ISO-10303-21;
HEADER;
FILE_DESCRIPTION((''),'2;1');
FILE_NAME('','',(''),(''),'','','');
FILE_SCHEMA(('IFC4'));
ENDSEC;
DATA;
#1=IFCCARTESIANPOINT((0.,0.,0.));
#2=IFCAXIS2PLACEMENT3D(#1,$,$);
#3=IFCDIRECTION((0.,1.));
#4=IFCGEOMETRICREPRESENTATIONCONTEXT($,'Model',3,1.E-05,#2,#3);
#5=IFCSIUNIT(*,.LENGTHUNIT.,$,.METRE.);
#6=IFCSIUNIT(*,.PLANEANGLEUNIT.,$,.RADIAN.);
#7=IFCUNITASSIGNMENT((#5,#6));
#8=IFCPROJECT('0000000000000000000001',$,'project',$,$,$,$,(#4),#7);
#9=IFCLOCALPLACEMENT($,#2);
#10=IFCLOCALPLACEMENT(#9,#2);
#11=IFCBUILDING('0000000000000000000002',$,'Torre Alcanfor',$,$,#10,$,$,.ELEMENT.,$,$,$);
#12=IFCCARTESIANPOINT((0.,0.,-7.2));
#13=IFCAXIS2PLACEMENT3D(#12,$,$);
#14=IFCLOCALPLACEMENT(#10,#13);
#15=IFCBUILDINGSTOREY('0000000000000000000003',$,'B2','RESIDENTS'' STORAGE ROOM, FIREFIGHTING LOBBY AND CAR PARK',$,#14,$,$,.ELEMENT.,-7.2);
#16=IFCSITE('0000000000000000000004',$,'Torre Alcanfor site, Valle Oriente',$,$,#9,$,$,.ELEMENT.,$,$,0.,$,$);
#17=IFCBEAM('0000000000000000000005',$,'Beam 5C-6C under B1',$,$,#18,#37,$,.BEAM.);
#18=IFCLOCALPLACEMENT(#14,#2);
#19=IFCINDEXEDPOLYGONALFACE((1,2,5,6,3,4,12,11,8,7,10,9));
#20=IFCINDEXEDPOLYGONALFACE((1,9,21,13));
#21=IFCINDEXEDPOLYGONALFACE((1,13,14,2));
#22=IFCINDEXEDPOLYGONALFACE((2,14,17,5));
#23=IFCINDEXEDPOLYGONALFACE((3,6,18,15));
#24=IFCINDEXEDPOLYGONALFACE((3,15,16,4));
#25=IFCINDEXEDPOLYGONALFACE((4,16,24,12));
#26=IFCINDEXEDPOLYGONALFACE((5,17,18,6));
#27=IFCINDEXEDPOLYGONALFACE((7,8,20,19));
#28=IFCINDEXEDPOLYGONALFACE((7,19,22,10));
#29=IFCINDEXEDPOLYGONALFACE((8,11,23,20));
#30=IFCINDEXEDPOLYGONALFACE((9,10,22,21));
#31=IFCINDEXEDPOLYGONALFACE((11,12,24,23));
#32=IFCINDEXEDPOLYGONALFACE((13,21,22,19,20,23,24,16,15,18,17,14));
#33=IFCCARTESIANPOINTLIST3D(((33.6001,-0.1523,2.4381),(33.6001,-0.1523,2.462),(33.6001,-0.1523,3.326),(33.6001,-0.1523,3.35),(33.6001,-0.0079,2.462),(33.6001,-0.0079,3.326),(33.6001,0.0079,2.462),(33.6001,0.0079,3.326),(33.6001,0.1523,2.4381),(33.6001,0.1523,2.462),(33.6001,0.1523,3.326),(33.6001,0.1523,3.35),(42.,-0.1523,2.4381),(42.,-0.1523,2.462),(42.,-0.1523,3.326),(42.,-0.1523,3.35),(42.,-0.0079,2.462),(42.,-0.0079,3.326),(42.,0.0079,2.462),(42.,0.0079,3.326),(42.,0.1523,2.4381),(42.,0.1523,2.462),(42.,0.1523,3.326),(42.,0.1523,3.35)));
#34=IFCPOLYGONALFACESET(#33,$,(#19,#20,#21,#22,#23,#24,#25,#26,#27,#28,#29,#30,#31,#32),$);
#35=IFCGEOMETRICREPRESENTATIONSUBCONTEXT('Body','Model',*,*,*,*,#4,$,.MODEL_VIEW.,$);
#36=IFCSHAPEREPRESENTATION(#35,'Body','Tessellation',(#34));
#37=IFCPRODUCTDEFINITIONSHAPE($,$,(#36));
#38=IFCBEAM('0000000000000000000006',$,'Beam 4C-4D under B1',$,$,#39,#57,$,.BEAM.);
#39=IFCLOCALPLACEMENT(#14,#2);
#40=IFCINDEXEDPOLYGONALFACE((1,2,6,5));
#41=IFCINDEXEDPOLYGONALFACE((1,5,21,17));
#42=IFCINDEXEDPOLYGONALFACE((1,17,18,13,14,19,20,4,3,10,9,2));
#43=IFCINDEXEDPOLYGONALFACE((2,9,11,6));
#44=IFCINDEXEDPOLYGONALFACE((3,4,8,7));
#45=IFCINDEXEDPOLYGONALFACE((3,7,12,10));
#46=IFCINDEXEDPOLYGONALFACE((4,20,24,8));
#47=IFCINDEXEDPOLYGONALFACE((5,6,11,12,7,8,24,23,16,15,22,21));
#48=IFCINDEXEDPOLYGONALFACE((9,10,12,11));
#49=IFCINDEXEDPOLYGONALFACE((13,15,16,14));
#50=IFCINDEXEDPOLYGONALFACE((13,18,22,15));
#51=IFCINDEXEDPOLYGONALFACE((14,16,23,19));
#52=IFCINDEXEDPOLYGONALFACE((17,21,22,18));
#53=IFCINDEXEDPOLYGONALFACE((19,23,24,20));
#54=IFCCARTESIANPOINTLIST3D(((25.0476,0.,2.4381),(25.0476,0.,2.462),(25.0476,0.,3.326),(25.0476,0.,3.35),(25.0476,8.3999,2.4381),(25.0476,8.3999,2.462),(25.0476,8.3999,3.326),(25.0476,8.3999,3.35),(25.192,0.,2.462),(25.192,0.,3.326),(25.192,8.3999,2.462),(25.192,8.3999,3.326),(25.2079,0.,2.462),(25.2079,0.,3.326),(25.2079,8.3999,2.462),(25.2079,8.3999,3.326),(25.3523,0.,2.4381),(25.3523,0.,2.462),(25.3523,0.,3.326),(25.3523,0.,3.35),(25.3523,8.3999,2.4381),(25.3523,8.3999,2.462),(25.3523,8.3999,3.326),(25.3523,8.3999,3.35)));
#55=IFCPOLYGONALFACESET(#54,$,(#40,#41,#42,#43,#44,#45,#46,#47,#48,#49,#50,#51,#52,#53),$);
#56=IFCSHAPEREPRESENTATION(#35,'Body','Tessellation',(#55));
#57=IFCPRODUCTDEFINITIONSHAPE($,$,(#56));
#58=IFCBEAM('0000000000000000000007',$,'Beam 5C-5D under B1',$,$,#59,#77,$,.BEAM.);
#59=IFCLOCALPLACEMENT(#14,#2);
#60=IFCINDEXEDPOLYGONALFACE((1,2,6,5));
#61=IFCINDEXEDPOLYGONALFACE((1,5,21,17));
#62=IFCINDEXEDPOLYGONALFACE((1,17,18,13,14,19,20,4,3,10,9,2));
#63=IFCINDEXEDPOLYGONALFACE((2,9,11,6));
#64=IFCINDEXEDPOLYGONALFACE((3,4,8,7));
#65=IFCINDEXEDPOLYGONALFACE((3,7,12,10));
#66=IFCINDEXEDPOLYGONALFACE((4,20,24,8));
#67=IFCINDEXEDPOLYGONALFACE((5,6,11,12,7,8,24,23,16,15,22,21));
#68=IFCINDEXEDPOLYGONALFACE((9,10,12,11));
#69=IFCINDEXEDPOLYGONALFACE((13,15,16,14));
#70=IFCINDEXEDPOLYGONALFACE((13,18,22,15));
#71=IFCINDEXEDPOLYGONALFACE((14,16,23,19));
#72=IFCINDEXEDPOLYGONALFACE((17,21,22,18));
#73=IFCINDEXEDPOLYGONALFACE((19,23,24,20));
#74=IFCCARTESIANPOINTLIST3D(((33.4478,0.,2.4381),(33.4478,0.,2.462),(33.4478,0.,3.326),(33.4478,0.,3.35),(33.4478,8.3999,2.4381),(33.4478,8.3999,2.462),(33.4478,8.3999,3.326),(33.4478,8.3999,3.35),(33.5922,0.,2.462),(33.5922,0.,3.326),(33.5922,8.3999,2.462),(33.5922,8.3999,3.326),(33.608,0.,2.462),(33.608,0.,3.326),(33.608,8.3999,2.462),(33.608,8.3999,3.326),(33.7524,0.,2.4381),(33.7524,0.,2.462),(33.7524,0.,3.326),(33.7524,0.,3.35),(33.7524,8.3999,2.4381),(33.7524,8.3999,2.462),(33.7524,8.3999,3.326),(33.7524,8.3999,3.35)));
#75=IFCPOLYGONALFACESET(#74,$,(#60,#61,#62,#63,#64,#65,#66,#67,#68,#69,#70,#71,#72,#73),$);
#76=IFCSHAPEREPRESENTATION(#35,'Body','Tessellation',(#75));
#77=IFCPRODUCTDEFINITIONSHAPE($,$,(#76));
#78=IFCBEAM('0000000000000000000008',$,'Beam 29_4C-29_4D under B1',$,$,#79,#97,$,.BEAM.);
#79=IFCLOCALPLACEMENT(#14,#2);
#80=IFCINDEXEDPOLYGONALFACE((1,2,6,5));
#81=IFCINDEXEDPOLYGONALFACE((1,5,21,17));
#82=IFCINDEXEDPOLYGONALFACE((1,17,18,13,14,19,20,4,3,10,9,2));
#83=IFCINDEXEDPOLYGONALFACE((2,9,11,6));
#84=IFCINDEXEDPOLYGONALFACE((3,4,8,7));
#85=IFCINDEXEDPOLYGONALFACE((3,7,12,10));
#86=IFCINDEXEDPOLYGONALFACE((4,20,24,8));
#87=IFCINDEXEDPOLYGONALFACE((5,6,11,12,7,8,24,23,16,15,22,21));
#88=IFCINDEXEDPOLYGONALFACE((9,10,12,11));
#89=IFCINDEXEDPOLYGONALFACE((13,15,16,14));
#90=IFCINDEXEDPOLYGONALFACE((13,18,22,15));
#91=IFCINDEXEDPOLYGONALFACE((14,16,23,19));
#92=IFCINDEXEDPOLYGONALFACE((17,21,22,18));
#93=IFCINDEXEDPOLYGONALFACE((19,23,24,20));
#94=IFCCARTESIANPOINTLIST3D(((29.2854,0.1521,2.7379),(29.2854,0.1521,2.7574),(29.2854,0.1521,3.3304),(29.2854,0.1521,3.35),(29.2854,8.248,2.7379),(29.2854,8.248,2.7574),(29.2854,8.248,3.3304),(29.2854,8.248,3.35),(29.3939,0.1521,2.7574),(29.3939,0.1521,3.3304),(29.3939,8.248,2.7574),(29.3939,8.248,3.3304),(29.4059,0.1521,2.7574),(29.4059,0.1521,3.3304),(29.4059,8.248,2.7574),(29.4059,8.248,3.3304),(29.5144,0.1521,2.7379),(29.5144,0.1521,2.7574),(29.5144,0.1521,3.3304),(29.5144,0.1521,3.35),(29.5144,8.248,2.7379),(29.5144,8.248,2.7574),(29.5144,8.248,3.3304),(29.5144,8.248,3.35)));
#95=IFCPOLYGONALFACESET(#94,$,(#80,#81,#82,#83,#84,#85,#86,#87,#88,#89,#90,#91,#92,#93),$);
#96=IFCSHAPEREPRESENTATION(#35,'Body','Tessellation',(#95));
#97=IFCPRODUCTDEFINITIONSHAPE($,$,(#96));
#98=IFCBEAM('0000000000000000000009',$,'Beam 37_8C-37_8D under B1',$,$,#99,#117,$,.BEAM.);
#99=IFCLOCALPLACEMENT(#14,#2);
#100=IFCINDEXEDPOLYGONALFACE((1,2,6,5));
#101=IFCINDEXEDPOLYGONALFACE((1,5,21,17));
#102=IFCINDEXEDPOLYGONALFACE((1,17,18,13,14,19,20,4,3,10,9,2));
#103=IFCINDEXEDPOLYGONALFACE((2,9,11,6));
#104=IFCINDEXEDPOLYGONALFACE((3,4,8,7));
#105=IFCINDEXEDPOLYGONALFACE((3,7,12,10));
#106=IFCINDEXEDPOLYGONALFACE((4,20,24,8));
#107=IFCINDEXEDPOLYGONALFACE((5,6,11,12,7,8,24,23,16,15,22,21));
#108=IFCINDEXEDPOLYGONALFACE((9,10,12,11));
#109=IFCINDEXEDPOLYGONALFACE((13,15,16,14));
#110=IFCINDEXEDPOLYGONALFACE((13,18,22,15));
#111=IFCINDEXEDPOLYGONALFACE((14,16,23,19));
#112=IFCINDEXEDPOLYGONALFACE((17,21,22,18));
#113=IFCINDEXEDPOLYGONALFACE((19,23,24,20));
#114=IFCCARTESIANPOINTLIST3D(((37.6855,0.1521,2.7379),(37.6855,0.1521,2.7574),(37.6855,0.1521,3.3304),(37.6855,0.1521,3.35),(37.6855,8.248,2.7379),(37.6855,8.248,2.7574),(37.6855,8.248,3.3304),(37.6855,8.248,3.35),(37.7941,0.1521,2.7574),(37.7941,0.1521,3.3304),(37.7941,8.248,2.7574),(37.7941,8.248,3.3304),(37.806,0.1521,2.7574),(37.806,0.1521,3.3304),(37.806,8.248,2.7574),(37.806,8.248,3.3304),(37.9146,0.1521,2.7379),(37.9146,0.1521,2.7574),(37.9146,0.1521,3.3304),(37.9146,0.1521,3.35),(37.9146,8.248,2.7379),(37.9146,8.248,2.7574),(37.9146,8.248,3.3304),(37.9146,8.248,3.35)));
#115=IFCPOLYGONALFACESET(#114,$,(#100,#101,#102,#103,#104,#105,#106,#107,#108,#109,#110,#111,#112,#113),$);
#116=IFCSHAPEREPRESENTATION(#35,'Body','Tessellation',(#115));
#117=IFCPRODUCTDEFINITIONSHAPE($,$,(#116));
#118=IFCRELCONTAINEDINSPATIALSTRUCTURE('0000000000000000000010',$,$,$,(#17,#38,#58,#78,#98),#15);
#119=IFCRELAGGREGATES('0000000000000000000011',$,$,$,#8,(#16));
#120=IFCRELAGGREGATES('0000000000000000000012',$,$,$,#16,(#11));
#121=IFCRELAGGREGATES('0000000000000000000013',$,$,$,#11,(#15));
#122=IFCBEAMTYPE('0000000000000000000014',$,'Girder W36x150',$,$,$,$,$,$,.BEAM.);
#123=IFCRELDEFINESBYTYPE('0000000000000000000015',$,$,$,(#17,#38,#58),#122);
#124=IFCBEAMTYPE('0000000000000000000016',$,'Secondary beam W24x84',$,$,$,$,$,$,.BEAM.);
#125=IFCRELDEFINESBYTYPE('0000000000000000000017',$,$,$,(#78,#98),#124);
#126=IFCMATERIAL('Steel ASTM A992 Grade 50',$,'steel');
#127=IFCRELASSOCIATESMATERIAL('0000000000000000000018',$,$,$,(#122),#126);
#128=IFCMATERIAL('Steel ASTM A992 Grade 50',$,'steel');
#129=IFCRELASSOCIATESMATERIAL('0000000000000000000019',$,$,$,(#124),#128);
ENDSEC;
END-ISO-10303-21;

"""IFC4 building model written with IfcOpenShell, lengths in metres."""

from ifc_helpers import new_model, si_unit, direction, frame, origin, origin_2d, place, context, subcontext, project, spatial, i_section, extrude, material, material_profile, profile_set, type_object, element, save


model = new_model("IFC4")

# Units and contexts
model_context = context("Model", 3, precision=1e-05, world=origin(), true_north=direction((0.0, 1.0)))
body_context = subcontext(model_context, "Body", "Model", "MODEL_VIEW")
ifc_project = project(units=[si_unit("LENGTHUNIT", "METRE"), si_unit("PLANEANGLEUNIT", "RADIAN")], contexts=[model_context])

# Site, building, storey
site_placement = place(None, origin())
site = spatial("IfcSite", under=ifc_project, at=site_placement, Name="Torre Alcanfor site, Valle Oriente", CompositionType="ELEMENT", RefElevation=0.0)
building_placement = place(site_placement, origin())
building = spatial("IfcBuilding", under=site, at=building_placement, Name="Torre Alcanfor", CompositionType="ELEMENT")
storey_placement = place(building_placement, frame((0.0, 0.0, -7.2)))
storey = spatial("IfcBuildingStorey", under=building, at=storey_placement, Name="B2", Description="RESIDENTS' STORAGE ROOM, FIREFIGHTING LOBBY AND CAR PARK", CompositionType="ELEMENT", Elevation=-7.2)

# Beams
ifc_material_1 = material(Name="Steel ASTM A992 Grade 50", Category="steel")
ifc_material_profile_1 = material_profile(ifc_material_1, i_section(OverallWidth=0.3047, OverallDepth=0.9119, WebThickness=0.0159, FlangeThickness=0.0239, at=origin_2d()), Name="W36x150")
ifc_profile_set_1 = profile_set([ifc_material_profile_1], Name="Steel ASTM A992 Grade 50")
beam_type_1 = type_object("IfcBeamType", Name="Girder W36x150", PredefinedType="BEAM", material=ifc_profile_set_1)
for number, where, z_axis, x_axis, name in (
    (1, (33.6001, 0.0, 2.894), (1.0, 0.0, 0.0), (0.0, 1.0, 0.0), "Beam 5C-6C under B1"),
    (2, (25.2, 0.0, 2.894), (0.0, 1.0, 0.0), (-1.0, 0.0, 0.0), "Beam 4C-4D under B1"),
    (3, (33.6001, 0.0, 2.894), (0.0, 1.0, 0.0), (-1.0, 0.0, 0.0), "Beam 5C-5D under B1"),
):
    element("IfcBeam", number, at=place(storey_placement, frame(where, z_axis=z_axis, x_axis=x_axis)), inside=storey, type_object=beam_type_1, Name=name, PredefinedType="BEAM", context=body_context, shape_type="SweptSolid", body=[
        extrude(i_section(OverallWidth=0.3047, OverallDepth=0.9119, WebThickness=0.0159, FlangeThickness=0.0239, at=origin_2d()), origin(), (0.0, 0.0, 1.0), 8.3999),
    ])
ifc_material_2 = material(Name="Steel ASTM A992 Grade 50", Category="steel")
ifc_material_profile_2 = material_profile(ifc_material_2, i_section(OverallWidth=0.229, OverallDepth=0.6121, WebThickness=0.012, FlangeThickness=0.0195, at=origin_2d()), Name="W24x84")
ifc_profile_set_2 = profile_set([ifc_material_profile_2], Name="Steel ASTM A992 Grade 50")
beam_type_2 = type_object("IfcBeamType", Name="Secondary beam W24x84", PredefinedType="BEAM", material=ifc_profile_set_2)
for number, where, z_axis, x_axis, name in (
    (4, (29.3999, 0.1521, 3.0439), (0.0, 1.0, 0.0), (-1.0, 0.0, 0.0), "Beam 29_4C-29_4D under B1"),
    (5, (37.8, 0.1521, 3.0439), (0.0, 1.0, 0.0), (-1.0, 0.0, 0.0), "Beam 37_8C-37_8D under B1"),
):
    element("IfcBeam", number, at=place(storey_placement, frame(where, z_axis=z_axis, x_axis=x_axis)), inside=storey, type_object=beam_type_2, Name=name, PredefinedType="BEAM", context=body_context, shape_type="SweptSolid", body=[
        extrude(i_section(OverallWidth=0.229, OverallDepth=0.6121, WebThickness=0.012, FlangeThickness=0.0195, at=origin_2d()), origin(), (0.0, 0.0, 1.0), 8.0959),
    ])

save(model, "model.ifc")
